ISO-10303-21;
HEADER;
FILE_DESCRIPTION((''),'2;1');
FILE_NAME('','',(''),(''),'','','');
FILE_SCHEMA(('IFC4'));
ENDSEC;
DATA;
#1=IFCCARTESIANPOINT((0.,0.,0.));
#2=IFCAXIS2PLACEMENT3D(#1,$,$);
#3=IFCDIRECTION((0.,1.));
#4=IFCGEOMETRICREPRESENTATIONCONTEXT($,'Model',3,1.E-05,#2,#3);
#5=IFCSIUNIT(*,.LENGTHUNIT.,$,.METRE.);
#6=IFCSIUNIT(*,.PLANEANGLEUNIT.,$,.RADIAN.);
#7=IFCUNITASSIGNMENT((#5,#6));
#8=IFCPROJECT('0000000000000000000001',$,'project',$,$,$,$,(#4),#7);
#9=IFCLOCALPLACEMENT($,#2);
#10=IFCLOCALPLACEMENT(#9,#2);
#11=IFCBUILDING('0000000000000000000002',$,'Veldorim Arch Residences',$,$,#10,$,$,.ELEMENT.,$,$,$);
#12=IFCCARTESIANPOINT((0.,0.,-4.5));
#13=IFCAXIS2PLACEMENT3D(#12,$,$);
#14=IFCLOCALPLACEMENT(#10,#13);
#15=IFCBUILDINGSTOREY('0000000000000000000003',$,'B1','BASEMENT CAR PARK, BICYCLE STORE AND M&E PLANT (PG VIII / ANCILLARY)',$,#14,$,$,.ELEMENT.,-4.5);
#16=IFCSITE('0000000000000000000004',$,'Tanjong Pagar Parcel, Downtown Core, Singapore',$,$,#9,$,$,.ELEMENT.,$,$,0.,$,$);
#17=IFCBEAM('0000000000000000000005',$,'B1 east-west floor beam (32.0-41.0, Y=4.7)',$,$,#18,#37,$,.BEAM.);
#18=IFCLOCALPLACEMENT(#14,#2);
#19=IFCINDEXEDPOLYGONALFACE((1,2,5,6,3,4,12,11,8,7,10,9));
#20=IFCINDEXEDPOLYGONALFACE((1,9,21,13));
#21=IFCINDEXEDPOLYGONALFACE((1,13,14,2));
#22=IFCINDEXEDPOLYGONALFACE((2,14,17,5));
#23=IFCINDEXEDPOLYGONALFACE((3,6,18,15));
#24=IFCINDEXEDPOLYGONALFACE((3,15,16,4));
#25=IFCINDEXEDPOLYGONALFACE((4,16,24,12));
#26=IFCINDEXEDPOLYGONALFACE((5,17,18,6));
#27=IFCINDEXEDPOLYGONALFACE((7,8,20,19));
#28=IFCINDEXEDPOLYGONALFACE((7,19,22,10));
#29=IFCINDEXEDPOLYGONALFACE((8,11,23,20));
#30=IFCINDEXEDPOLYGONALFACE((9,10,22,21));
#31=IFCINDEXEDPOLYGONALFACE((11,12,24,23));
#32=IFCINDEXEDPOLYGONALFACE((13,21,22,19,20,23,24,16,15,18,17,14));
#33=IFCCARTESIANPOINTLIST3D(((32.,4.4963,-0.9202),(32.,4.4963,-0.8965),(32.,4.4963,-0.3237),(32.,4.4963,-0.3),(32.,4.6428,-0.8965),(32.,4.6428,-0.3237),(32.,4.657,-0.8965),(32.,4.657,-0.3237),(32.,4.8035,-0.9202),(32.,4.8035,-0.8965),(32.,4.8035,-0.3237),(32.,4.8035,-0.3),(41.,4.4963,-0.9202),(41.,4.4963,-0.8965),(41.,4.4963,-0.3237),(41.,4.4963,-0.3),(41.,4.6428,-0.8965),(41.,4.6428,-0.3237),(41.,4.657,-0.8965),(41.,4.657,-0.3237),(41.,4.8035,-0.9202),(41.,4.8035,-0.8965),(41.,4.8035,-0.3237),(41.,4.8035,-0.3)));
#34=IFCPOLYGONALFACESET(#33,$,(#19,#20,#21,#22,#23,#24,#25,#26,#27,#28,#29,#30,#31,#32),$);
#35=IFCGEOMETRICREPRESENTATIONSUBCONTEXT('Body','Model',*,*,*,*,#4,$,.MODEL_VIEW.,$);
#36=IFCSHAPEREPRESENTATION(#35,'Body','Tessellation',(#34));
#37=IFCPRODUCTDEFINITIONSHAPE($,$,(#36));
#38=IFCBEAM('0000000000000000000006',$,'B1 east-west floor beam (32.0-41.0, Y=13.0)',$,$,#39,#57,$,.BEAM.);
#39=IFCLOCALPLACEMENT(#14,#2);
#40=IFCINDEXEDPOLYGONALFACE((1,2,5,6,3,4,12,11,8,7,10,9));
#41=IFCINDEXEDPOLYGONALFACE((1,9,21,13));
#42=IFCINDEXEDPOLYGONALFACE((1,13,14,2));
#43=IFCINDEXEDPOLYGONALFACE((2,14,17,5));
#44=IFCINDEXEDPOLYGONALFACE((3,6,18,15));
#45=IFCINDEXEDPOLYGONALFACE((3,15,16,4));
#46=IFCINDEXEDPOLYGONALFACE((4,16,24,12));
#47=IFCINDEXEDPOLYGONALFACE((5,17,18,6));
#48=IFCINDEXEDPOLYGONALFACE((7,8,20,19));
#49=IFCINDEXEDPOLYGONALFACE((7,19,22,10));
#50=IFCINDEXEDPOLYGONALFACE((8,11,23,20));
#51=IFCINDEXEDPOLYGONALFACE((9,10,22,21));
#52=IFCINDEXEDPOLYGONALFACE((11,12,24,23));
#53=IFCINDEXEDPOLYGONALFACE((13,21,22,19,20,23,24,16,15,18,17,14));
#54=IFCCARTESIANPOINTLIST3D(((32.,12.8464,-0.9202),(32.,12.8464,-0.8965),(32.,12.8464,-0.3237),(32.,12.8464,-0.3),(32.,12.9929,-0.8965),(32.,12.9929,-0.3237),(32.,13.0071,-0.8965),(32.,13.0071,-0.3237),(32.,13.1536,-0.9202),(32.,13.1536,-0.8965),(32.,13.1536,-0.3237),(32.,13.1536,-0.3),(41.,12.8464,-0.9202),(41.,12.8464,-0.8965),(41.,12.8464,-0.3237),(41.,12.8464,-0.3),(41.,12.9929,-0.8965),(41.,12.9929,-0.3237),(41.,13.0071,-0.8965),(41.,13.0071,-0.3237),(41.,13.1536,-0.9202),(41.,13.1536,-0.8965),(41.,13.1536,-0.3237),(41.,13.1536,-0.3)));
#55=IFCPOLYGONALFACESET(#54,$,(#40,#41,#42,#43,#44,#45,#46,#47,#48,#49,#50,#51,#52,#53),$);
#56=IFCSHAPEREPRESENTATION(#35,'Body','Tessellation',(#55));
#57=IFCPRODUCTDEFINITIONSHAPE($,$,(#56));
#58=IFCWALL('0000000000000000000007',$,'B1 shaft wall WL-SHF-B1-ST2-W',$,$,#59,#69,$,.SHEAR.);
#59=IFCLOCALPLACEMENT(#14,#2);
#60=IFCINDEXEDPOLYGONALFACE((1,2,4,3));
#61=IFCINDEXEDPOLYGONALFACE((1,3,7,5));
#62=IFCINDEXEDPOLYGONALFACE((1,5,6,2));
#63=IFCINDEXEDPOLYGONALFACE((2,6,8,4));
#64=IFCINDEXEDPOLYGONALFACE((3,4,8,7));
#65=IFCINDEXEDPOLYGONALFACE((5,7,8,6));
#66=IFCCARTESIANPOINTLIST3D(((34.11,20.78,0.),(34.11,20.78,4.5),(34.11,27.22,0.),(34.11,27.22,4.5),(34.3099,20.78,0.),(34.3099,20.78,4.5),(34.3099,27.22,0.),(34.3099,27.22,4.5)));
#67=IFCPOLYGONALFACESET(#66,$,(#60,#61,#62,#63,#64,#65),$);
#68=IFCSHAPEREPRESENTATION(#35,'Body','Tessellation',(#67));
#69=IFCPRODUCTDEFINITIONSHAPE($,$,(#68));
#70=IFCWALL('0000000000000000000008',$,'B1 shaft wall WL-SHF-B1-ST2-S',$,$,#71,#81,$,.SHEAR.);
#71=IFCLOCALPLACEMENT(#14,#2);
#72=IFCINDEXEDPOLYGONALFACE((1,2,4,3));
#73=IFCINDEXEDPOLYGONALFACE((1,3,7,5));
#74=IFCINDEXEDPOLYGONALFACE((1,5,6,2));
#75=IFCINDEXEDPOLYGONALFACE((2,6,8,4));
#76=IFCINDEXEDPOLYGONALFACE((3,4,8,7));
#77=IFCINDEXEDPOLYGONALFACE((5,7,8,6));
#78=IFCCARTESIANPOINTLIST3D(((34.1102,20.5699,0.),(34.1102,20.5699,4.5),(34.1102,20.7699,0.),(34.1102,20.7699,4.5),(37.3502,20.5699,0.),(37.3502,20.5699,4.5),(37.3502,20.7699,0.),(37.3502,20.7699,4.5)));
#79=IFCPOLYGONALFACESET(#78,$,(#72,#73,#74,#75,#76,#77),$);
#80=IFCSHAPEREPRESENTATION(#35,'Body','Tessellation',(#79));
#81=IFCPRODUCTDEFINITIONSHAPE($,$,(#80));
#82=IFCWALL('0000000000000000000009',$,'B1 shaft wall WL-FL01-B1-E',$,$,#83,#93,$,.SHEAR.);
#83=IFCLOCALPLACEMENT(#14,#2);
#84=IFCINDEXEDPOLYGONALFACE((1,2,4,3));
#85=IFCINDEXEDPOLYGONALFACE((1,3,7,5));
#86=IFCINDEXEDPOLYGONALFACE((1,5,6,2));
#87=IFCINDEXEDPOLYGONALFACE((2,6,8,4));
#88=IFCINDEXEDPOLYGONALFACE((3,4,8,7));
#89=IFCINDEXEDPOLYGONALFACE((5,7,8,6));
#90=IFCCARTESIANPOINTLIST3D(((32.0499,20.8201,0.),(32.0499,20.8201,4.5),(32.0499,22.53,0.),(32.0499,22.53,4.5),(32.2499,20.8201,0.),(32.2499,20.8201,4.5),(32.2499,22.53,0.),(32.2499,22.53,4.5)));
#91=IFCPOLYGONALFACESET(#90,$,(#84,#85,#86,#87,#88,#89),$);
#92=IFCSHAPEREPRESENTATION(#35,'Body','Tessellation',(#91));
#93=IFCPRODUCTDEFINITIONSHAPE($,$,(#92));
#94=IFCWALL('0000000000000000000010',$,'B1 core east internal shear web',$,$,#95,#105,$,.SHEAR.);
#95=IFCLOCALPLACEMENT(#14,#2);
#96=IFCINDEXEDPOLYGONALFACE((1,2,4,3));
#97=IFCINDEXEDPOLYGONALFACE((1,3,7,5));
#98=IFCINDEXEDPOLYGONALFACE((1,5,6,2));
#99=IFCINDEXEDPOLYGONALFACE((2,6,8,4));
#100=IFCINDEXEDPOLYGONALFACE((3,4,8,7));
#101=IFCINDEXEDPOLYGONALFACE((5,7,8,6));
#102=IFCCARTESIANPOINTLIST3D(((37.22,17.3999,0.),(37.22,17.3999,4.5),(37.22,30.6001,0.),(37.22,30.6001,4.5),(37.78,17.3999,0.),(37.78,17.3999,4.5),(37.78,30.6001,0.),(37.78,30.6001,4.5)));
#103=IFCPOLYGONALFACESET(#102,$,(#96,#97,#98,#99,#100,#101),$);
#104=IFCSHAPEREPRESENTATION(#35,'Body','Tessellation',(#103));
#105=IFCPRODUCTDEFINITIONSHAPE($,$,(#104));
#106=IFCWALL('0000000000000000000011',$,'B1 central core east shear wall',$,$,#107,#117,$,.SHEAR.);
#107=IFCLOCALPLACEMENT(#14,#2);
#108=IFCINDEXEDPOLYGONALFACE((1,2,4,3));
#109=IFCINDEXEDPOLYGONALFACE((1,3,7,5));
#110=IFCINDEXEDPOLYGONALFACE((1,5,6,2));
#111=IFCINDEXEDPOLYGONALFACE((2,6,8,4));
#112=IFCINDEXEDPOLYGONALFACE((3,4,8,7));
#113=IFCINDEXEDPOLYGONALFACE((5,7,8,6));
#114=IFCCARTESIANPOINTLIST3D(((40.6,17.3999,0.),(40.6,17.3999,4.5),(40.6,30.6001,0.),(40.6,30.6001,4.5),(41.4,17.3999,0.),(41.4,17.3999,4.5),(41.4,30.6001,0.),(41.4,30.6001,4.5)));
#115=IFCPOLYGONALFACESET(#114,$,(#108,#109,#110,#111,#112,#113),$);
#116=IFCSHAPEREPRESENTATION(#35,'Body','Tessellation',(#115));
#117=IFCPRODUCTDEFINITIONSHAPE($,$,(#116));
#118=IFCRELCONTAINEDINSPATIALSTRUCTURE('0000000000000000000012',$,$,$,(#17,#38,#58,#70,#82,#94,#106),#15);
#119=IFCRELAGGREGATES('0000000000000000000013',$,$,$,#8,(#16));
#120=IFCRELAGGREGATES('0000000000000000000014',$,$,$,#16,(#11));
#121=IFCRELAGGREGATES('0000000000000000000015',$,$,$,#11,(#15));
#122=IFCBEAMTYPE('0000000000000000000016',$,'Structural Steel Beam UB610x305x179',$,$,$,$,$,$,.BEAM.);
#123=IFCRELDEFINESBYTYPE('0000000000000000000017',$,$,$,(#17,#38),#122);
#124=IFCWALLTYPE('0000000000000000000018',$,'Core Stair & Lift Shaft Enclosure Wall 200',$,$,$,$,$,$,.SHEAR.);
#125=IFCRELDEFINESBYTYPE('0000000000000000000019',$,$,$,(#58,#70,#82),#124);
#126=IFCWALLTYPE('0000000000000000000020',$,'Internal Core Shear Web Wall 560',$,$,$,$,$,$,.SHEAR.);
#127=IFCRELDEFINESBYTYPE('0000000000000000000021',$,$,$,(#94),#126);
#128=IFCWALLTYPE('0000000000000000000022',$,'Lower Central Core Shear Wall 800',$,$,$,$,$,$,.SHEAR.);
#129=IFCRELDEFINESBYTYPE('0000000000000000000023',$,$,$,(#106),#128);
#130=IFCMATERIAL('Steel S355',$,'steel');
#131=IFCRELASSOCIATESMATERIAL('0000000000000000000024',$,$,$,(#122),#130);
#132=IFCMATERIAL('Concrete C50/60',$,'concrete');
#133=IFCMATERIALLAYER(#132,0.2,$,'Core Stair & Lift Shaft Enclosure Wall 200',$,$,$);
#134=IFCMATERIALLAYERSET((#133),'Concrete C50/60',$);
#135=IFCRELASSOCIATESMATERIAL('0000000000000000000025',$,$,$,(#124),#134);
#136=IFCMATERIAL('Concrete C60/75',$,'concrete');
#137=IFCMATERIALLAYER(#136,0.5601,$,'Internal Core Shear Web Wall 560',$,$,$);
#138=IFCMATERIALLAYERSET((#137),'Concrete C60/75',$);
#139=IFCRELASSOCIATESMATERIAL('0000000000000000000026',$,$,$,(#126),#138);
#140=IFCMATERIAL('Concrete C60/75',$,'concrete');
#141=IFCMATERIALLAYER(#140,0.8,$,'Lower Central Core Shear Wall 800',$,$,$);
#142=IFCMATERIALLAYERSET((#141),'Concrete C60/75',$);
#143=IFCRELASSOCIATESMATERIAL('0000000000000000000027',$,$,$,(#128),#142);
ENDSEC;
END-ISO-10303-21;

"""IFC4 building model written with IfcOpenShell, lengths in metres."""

from ifc_helpers import new_model, si_unit, direction, frame, frame_2d, origin, origin_2d, place, context, subcontext, project, spatial, rectangle, i_section, extrude, material, layer, layer_set, material_profile, profile_set, type_object, element, save


model = new_model("IFC4")

# Units and contexts
model_context = context("Model", 3, precision=1e-05, world=origin(), true_north=direction((0.0, 1.0)))
body_context = subcontext(model_context, "Body", "Model", "MODEL_VIEW")
ifc_project = project(units=[si_unit("LENGTHUNIT", "METRE"), si_unit("PLANEANGLEUNIT", "RADIAN")], contexts=[model_context])

# Site, building, storey
site_placement = place(None, origin())
site = spatial("IfcSite", under=ifc_project, at=site_placement, Name="Tanjong Pagar Parcel, Downtown Core, Singapore", CompositionType="ELEMENT", RefElevation=0.0)
building_placement = place(site_placement, origin())
building = spatial("IfcBuilding", under=site, at=building_placement, Name="Veldorim Arch Residences", CompositionType="ELEMENT")
storey_placement = place(building_placement, frame((0.0, 0.0, -4.5)))
storey = spatial("IfcBuildingStorey", under=building, at=storey_placement, Name="B1", Description="BASEMENT CAR PARK, BICYCLE STORE AND M&E PLANT (PG VIII / ANCILLARY)", CompositionType="ELEMENT", Elevation=-4.5)

# Beams
ifc_material_1 = material(Name="Steel S355", Category="steel")
ifc_material_profile_1 = material_profile(ifc_material_1, i_section(OverallWidth=0.3071, OverallDepth=0.6201, WebThickness=0.0142, FlangeThickness=0.0237, at=origin_2d()), Name="UB610x305x179")
ifc_profile_set_1 = profile_set([ifc_material_profile_1], Name="Steel S355")
beam_type_1 = type_object("IfcBeamType", Name="Structural Steel Beam UB610x305x179", PredefinedType="BEAM", material=ifc_profile_set_1)
for number, where, z_axis, x_axis, name in (
    (1, (32.0, 4.6499, -0.6101), (1.0, 0.0, 0.0), (0.0, 1.0, 0.0), "B1 east-west floor beam (32.0-41.0, Y=4.7)"),
    (2, (32.0, 13.0, -0.6101), (1.0, 0.0, 0.0), (0.0, 1.0, 0.0), "B1 east-west floor beam (32.0-41.0, Y=13.0)"),
):
    element("IfcBeam", number, at=place(storey_placement, frame(where, z_axis=z_axis, x_axis=x_axis)), inside=storey, type_object=beam_type_1, Name=name, PredefinedType="BEAM", context=body_context, shape_type="SweptSolid", body=[
        extrude(i_section(OverallWidth=0.3071, OverallDepth=0.6201, WebThickness=0.0142, FlangeThickness=0.0237, at=origin_2d()), origin(), (0.0, 0.0, 1.0), 9.0),
    ])

# Walls
ifc_material_2 = material(Name="Concrete C50/60", Category="concrete")
ifc_layer_1 = layer(ifc_material_2, 0.2, Name="Core Stair & Lift Shaft Enclosure Wall 200")
ifc_layer_set_1 = layer_set([ifc_layer_1], Name="Concrete C50/60")
wall_type_1 = type_object("IfcWallType", Name="Core Stair & Lift Shaft Enclosure Wall 200", PredefinedType="SHEAR", material=ifc_layer_set_1)
wall_1_placement = place(storey_placement, frame((34.21, 20.78, 0.0), z_axis=(0.0, 0.0, 1.0), x_axis=(0.0, 1.0, 0.0)))
element("IfcWall", 3, at=wall_1_placement, inside=storey, type_object=wall_type_1, Name="B1 shaft wall WL-SHF-B1-ST2-W", PredefinedType="SHEAR", context=body_context, shape_type="SweptSolid", body=[
    extrude(rectangle(XDim=6.4399, YDim=0.2, at=frame_2d((3.22, 0.0))), origin(), (0.0, 0.0, 1.0), 4.5),
])
wall_2_placement = place(storey_placement, frame((34.1101, 20.6699, 0.0), z_axis=(0.0, 0.0, 1.0), x_axis=(1.0, 0.0, 0.0)))
element("IfcWall", 4, at=wall_2_placement, inside=storey, type_object=wall_type_1, Name="B1 shaft wall WL-SHF-B1-ST2-S", PredefinedType="SHEAR", context=body_context, shape_type="SweptSolid", body=[
    extrude(rectangle(XDim=3.24, YDim=0.2, at=frame_2d((1.6201, 0.0))), origin(), (0.0, 0.0, 1.0), 4.5),
])
wall_3_placement = place(storey_placement, frame((32.1499, 20.8201, 0.0), z_axis=(0.0, 0.0, 1.0), x_axis=(0.0, 1.0, 0.0)))
element("IfcWall", 5, at=wall_3_placement, inside=storey, type_object=wall_type_1, Name="B1 shaft wall WL-FL01-B1-E", PredefinedType="SHEAR", context=body_context, shape_type="SweptSolid", body=[
    extrude(rectangle(XDim=1.71, YDim=0.2, at=frame_2d((0.855, 0.0))), origin(), (0.0, 0.0, 1.0), 4.5),
])
ifc_material_3 = material(Name="Concrete C60/75", Category="concrete")
ifc_layer_2 = layer(ifc_material_3, 0.5601, Name="Internal Core Shear Web Wall 560")
ifc_layer_set_2 = layer_set([ifc_layer_2], Name="Concrete C60/75")
wall_type_2 = type_object("IfcWallType", Name="Internal Core Shear Web Wall 560", PredefinedType="SHEAR", material=ifc_layer_set_2)
wall_4_placement = place(storey_placement, frame((37.5, 17.3999, 0.0), z_axis=(0.0, 0.0, 1.0), x_axis=(0.0, 1.0, 0.0)))
element("IfcWall", 6, at=wall_4_placement, inside=storey, type_object=wall_type_2, Name="B1 core east internal shear web", PredefinedType="SHEAR", context=body_context, shape_type="SweptSolid", body=[
    extrude(rectangle(XDim=13.2002, YDim=0.5601, at=frame_2d((6.6001, 0.0))), origin(), (0.0, 0.0, 1.0), 4.5),
])
ifc_material_4 = material(Name="Concrete C60/75", Category="concrete")
ifc_layer_3 = layer(ifc_material_4, 0.8, Name="Lower Central Core Shear Wall 800")
ifc_layer_set_3 = layer_set([ifc_layer_3], Name="Concrete C60/75")
wall_type_3 = type_object("IfcWallType", Name="Lower Central Core Shear Wall 800", PredefinedType="SHEAR", material=ifc_layer_set_3)
wall_5_placement = place(storey_placement, frame((41.0, 17.3999, 0.0), z_axis=(0.0, 0.0, 1.0), x_axis=(0.0, 1.0, 0.0)))
element("IfcWall", 7, at=wall_5_placement, inside=storey, type_object=wall_type_3, Name="B1 central core east shear wall", PredefinedType="SHEAR", context=body_context, shape_type="SweptSolid", body=[
    extrude(rectangle(XDim=13.2002, YDim=0.8, at=frame_2d((6.6001, 0.0))), origin(), (0.0, 0.0, 1.0), 4.5),
])

save(model, "model.ifc")
